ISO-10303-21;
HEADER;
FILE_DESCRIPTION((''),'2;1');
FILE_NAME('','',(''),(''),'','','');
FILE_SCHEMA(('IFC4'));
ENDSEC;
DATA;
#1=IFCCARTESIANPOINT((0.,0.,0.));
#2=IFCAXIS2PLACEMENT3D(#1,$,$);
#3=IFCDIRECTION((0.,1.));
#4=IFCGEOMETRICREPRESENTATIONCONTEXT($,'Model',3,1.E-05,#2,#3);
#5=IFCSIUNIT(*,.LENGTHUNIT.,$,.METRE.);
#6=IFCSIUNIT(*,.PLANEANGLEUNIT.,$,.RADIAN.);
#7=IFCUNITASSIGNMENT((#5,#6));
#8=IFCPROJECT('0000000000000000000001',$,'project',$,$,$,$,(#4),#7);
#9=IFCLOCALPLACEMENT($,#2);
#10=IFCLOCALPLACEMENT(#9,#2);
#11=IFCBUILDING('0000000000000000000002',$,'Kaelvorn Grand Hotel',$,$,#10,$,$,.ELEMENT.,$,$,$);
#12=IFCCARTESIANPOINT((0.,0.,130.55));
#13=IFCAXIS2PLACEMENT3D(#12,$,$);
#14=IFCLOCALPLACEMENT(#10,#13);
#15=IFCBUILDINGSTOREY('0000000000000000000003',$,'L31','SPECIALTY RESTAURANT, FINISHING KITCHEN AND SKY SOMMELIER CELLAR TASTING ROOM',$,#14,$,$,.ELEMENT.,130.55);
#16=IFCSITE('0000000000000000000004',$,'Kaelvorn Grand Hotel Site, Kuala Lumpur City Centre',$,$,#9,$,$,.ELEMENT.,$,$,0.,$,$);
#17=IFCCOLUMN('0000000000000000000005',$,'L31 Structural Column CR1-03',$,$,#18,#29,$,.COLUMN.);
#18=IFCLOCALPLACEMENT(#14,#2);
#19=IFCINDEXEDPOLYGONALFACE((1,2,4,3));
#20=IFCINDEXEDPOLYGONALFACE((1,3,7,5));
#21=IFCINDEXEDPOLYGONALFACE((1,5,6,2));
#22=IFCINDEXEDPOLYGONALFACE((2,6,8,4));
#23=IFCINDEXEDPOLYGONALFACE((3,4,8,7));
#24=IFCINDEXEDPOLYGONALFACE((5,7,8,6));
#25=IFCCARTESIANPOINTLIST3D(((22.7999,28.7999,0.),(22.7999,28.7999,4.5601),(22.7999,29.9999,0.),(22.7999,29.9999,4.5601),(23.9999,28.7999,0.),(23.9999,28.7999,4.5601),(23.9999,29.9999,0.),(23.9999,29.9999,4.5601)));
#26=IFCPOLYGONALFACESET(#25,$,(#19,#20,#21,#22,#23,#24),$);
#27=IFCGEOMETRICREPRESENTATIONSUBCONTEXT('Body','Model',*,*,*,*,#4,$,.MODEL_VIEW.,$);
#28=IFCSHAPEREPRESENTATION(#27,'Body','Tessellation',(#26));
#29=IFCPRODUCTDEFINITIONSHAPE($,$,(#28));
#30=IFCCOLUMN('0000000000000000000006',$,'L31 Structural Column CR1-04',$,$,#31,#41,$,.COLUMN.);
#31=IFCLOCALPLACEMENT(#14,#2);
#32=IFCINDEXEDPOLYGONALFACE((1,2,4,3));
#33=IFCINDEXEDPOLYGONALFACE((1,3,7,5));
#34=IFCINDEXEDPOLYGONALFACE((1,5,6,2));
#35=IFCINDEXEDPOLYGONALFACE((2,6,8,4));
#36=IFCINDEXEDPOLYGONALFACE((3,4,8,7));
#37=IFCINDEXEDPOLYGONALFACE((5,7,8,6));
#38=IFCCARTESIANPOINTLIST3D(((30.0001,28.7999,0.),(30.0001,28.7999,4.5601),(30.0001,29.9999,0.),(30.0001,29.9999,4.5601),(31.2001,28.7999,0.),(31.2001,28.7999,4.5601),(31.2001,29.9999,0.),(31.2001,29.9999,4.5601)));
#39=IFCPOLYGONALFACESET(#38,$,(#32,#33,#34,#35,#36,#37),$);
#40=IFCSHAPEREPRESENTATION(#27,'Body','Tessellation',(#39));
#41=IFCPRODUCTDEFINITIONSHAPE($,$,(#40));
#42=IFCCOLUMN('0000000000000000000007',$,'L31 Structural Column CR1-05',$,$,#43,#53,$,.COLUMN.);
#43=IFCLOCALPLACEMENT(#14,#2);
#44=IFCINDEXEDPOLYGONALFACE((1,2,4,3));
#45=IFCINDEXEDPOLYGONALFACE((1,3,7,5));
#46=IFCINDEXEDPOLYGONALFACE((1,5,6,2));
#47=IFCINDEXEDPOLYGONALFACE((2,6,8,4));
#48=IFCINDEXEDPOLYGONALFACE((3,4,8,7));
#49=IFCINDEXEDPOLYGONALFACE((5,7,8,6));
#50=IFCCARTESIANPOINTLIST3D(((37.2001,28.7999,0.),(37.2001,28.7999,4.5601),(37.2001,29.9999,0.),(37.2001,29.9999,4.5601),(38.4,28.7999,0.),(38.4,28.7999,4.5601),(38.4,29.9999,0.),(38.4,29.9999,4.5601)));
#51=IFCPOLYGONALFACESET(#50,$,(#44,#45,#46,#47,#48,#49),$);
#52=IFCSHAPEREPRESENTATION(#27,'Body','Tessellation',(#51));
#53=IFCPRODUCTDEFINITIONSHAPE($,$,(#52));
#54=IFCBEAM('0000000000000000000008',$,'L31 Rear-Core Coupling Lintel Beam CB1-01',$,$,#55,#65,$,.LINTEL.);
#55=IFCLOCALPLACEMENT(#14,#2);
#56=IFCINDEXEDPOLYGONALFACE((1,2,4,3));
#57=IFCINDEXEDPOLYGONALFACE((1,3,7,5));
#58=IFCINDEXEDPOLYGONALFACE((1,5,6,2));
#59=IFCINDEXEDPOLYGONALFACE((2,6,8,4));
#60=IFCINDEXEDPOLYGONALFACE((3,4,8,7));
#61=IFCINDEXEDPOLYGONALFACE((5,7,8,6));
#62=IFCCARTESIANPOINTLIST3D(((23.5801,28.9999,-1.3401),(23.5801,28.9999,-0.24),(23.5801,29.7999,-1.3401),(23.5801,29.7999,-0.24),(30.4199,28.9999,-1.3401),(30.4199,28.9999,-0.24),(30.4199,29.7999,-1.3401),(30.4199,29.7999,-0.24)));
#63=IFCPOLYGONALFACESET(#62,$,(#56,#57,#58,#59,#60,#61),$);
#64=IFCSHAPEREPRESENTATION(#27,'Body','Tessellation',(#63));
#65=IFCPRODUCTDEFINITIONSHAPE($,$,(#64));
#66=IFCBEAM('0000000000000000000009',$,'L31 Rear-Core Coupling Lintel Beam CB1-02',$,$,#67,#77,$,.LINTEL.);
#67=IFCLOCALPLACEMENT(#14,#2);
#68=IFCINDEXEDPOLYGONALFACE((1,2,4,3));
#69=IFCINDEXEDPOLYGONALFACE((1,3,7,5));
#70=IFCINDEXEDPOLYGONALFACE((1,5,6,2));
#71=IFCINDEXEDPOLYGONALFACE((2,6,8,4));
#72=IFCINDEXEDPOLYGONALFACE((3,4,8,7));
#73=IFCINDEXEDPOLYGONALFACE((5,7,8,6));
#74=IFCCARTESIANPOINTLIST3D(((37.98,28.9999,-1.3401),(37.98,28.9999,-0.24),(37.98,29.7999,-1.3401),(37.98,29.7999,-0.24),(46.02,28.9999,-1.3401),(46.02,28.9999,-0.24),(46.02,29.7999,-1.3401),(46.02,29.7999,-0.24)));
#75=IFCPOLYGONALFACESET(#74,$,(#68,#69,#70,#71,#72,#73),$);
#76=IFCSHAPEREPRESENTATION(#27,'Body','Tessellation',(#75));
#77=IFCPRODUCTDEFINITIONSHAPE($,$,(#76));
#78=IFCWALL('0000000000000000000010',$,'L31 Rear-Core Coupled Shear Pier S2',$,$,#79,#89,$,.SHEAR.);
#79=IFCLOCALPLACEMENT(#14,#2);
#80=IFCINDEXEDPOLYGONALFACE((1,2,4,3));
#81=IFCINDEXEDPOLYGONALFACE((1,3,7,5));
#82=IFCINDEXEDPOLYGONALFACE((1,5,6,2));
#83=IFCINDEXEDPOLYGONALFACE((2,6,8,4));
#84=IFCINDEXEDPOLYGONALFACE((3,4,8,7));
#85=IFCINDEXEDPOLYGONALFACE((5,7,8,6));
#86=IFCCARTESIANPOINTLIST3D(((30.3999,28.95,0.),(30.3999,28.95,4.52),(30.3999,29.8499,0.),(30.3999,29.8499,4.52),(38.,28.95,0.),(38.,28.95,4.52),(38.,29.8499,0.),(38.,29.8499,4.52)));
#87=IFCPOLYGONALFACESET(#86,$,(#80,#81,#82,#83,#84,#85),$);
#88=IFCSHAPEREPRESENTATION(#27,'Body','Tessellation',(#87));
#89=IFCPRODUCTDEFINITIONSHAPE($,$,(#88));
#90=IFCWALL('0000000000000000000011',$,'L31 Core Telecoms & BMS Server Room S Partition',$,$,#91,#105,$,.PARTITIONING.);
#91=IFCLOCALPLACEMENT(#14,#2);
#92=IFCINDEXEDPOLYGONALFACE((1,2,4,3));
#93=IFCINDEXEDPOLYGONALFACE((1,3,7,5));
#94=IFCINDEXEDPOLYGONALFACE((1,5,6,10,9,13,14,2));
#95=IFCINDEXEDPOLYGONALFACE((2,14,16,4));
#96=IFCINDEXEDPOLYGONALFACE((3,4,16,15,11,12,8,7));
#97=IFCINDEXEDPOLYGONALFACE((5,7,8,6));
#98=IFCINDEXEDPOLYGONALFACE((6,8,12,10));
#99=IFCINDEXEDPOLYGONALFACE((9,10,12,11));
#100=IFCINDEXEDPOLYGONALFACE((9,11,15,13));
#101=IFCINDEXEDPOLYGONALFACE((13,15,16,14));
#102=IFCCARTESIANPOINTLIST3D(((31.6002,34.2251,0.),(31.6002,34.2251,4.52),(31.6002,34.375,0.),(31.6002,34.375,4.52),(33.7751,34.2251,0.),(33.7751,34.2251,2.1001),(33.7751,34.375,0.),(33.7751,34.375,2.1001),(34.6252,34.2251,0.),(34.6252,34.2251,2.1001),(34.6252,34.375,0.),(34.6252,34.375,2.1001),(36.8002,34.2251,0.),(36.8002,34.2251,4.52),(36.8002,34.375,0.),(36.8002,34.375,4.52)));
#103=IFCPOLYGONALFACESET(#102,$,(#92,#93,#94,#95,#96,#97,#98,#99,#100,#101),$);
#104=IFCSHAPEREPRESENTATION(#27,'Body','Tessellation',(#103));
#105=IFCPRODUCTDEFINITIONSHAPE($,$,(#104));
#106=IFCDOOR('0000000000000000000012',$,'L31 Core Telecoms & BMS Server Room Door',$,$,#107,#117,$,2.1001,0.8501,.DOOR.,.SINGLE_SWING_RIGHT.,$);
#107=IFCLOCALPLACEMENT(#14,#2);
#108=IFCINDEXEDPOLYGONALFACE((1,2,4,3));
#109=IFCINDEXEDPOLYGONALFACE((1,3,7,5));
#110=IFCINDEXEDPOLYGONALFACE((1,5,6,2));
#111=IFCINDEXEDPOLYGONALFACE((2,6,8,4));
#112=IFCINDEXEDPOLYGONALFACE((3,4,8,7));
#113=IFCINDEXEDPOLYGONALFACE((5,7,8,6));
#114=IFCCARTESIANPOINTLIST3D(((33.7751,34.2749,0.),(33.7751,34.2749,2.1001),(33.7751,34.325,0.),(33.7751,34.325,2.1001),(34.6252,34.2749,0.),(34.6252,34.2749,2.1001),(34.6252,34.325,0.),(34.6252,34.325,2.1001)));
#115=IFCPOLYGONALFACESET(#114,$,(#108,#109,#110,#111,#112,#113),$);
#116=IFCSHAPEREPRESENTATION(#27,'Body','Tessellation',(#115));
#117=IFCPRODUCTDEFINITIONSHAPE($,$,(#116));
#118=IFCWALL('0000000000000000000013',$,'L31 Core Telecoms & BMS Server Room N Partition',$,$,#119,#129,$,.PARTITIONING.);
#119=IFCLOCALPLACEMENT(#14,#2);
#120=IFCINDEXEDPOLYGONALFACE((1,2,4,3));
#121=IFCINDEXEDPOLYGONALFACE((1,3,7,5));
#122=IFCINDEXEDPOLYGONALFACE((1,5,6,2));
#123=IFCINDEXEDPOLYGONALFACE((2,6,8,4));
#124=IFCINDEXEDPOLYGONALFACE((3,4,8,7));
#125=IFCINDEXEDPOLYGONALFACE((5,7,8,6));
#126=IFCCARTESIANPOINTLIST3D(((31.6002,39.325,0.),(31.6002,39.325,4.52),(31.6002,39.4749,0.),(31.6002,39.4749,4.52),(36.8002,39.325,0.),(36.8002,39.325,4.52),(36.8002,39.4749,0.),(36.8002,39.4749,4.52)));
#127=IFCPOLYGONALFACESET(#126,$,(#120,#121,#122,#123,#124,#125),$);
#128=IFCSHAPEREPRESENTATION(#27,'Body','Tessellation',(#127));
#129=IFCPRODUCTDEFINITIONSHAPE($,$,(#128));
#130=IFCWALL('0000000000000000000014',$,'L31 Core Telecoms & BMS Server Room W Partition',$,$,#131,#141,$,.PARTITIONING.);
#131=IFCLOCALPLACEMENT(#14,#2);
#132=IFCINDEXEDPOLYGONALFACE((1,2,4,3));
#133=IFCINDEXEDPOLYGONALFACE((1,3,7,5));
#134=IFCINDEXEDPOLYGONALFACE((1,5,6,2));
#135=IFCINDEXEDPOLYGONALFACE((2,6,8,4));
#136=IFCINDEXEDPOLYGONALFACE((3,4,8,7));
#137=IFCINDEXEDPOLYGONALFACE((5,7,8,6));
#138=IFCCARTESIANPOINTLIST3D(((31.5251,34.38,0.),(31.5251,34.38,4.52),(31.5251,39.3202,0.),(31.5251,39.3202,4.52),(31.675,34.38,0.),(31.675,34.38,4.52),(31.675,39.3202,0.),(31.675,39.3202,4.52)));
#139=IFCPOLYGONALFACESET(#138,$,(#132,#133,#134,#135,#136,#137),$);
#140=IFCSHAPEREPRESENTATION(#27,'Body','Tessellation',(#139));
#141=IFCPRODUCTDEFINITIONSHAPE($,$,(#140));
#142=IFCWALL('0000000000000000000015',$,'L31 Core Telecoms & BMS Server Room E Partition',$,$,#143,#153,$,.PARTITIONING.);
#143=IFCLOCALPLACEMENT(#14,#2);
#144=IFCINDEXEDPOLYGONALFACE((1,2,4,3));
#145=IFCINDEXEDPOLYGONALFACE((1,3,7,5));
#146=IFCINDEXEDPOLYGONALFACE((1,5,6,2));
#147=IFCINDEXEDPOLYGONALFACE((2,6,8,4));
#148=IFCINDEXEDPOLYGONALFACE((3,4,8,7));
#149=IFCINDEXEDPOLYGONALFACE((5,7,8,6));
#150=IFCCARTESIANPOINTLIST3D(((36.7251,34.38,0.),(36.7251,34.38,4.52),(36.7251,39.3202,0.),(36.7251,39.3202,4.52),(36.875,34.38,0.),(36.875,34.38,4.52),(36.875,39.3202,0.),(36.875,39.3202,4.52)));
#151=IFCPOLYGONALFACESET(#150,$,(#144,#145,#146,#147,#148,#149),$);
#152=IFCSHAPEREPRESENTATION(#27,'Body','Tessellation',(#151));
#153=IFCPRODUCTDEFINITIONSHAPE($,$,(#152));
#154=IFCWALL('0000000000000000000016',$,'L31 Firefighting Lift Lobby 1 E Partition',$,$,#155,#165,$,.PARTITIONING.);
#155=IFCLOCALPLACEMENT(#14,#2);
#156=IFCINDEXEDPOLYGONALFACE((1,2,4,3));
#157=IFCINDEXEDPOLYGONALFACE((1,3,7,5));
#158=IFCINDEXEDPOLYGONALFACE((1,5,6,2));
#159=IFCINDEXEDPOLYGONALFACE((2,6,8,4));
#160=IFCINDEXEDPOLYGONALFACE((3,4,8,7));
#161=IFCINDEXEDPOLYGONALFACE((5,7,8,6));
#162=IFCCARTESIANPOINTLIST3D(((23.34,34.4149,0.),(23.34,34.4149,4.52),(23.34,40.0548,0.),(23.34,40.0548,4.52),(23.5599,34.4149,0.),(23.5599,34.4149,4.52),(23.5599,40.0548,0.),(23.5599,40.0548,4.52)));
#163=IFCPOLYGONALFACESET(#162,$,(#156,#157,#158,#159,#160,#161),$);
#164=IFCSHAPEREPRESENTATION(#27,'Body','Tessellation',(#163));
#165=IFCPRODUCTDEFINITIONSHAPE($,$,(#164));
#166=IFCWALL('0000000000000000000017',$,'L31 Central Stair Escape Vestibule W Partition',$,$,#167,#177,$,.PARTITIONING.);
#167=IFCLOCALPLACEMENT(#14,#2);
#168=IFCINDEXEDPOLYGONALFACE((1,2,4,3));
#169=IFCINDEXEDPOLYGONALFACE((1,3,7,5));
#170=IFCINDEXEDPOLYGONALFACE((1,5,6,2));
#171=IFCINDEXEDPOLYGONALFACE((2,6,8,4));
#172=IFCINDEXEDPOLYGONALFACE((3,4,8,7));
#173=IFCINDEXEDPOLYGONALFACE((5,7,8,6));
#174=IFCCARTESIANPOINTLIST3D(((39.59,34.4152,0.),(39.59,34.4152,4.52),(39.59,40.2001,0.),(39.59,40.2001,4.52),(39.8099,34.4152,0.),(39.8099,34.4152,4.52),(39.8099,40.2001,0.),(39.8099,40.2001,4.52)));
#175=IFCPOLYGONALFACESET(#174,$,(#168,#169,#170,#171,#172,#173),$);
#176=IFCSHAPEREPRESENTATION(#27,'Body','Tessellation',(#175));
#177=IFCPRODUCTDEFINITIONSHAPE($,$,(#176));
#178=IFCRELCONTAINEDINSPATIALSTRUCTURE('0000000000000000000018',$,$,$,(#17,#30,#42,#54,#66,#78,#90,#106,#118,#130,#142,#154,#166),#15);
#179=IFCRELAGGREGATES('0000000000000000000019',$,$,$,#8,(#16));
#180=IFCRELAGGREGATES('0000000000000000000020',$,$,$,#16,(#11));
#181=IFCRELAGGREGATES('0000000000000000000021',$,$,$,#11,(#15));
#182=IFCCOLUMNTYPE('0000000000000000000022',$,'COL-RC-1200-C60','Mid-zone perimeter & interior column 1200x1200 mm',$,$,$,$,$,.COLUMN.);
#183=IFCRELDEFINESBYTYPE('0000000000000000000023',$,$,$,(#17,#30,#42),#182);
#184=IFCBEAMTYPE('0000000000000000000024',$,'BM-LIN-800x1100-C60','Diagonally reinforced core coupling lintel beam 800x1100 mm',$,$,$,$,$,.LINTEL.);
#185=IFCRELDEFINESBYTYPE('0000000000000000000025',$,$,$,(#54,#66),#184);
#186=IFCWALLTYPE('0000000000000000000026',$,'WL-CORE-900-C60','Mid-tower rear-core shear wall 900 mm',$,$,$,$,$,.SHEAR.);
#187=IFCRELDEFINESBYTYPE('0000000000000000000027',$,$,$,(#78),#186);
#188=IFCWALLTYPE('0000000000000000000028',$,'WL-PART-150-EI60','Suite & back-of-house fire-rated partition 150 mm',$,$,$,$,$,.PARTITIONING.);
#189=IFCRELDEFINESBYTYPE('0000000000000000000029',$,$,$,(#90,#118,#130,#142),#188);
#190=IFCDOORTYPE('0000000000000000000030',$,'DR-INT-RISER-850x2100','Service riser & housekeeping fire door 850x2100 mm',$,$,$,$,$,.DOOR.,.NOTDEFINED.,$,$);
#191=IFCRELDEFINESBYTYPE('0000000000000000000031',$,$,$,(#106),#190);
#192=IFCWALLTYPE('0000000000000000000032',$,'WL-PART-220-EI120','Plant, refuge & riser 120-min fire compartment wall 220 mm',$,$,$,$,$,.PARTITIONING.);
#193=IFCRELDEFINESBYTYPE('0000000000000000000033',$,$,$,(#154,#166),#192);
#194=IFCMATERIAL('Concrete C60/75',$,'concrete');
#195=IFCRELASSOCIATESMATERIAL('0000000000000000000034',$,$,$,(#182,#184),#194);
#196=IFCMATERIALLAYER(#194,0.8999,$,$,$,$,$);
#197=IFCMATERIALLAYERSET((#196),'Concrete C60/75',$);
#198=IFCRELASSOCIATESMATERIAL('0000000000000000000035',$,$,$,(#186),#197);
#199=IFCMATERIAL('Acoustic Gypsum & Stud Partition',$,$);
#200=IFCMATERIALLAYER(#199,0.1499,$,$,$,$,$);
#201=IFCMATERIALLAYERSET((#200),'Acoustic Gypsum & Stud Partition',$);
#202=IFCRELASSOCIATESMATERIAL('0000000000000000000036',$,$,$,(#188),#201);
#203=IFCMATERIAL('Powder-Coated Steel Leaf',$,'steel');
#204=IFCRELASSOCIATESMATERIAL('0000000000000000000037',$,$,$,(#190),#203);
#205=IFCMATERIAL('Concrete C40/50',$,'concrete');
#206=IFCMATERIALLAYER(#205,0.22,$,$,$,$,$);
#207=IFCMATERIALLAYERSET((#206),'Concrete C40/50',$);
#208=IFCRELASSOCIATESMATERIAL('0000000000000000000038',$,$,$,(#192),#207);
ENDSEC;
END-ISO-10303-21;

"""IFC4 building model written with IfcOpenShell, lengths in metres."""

from ifc_helpers import new_model, si_unit, direction, frame, frame_2d, origin, origin_2d, place, context, subcontext, project, spatial, rectangle, extrude, material, layer, layer_set, material_profile, profile_set, type_object, element, fill, save


model = new_model("IFC4")

# Units and contexts
model_context = context("Model", 3, precision=1e-05, world=origin(), true_north=direction((0.0, 1.0)))
body_context = subcontext(model_context, "Body", "Model", "MODEL_VIEW")
ifc_project = project(units=[si_unit("LENGTHUNIT", "METRE"), si_unit("PLANEANGLEUNIT", "RADIAN")], contexts=[model_context])

# Site, building, storey
site_placement = place(None, origin())
site = spatial("IfcSite", under=ifc_project, at=site_placement, Name="Kaelvorn Grand Hotel Site, Kuala Lumpur City Centre", CompositionType="ELEMENT", RefElevation=0.0)
building_placement = place(site_placement, origin())
building = spatial("IfcBuilding", under=site, at=building_placement, Name="Kaelvorn Grand Hotel", CompositionType="ELEMENT")
storey_placement = place(building_placement, frame((0.0, 0.0, 130.55)))
storey = spatial("IfcBuildingStorey", under=building, at=storey_placement, Name="L31", Description="SPECIALTY RESTAURANT, FINISHING KITCHEN AND SKY SOMMELIER CELLAR TASTING ROOM", CompositionType="ELEMENT", Elevation=130.55)

# Columns
ifc_material_1 = material(Name="Concrete C60/75", Category="concrete")
ifc_material_profile_1 = material_profile(ifc_material_1, rectangle(XDim=1.2, YDim=1.2, at=origin_2d()), Name="RC COL 1200x1200")
ifc_profile_set_1 = profile_set([ifc_material_profile_1], Name="Concrete C60/75")
column_type = type_object("IfcColumnType", Name="COL-RC-1200-C60", Description="Mid-zone perimeter & interior column 1200x1200 mm", PredefinedType="COLUMN", material=ifc_profile_set_1)
for number, where, z_axis, x_axis, name in (
    (1, (23.3999, 29.3999, 0.0), (0.0, 0.0, 1.0), (1.0, 0.0, 0.0), "L31 Structural Column CR1-03"),
    (2, (30.6001, 29.3999, 0.0), (0.0, 0.0, 1.0), (1.0, 0.0, 0.0), "L31 Structural Column CR1-04"),
    (3, (37.8, 29.3999, 0.0), (0.0, 0.0, 1.0), (1.0, 0.0, 0.0), "L31 Structural Column CR1-05"),
):
    element("IfcColumn", number, at=place(storey_placement, frame(where, z_axis=z_axis, x_axis=x_axis)), inside=storey, type_object=column_type, Name=name, PredefinedType="COLUMN", context=body_context, shape_type="SweptSolid", body=[
        extrude(rectangle(XDim=1.2, YDim=1.2, at=origin_2d()), origin(), (0.0, 0.0, 1.0), 4.5601),
    ])

# Beams
ifc_material_profile_2 = material_profile(ifc_material_1, rectangle(XDim=0.8, YDim=1.1001, at=origin_2d()), Name="RC LINTEL 800x1100")
ifc_profile_set_2 = profile_set([ifc_material_profile_2], Name="Concrete C60/75")
beam_type = type_object("IfcBeamType", Name="BM-LIN-800x1100-C60", Description="Diagonally reinforced core coupling lintel beam 800x1100 mm", PredefinedType="LINTEL", material=ifc_profile_set_2)
beam_1_placement = place(storey_placement, frame((23.5801, 29.3999, -0.79), z_axis=(1.0, 0.0, 0.0), x_axis=(0.0, 1.0, 0.0)))
element("IfcBeam", 4, at=beam_1_placement, inside=storey, type_object=beam_type, Name="L31 Rear-Core Coupling Lintel Beam CB1-01", PredefinedType="LINTEL", context=body_context, shape_type="SweptSolid", body=[
    extrude(rectangle(XDim=0.8, YDim=1.1001, at=origin_2d()), origin(), (0.0, 0.0, 1.0), 6.8398),
])
beam_2_placement = place(storey_placement, frame((37.98, 29.3999, -0.79), z_axis=(1.0, 0.0, 0.0), x_axis=(0.0, 1.0, 0.0)))
element("IfcBeam", 5, at=beam_2_placement, inside=storey, type_object=beam_type, Name="L31 Rear-Core Coupling Lintel Beam CB1-02", PredefinedType="LINTEL", context=body_context, shape_type="SweptSolid", body=[
    extrude(rectangle(XDim=0.8, YDim=1.1001, at=origin_2d()), origin(), (0.0, 0.0, 1.0), 8.04),
])

# Wall
ifc_layer_1 = layer(ifc_material_1, 0.8999)
ifc_layer_set_1 = layer_set([ifc_layer_1], Name="Concrete C60/75")
wall_type_1 = type_object("IfcWallType", Name="WL-CORE-900-C60", Description="Mid-tower rear-core shear wall 900 mm", PredefinedType="SHEAR", material=ifc_layer_set_1)
wall_1_placement = place(storey_placement, frame((30.3999, 29.3999, 0.0), z_axis=(0.0, 0.0, 1.0), x_axis=(1.0, 0.0, 0.0)))
element("IfcWall", 6, at=wall_1_placement, inside=storey, type_object=wall_type_1, Name="L31 Rear-Core Coupled Shear Pier S2", PredefinedType="SHEAR", context=body_context, shape_type="SweptSolid", body=[
    extrude(rectangle(XDim=7.6001, YDim=0.8999, at=frame_2d((3.8, 0.0))), origin(), (0.0, 0.0, 1.0), 4.52),
])

# Wall, opening, door
ifc_material_2 = material(Name="Acoustic Gypsum & Stud Partition")
ifc_layer_2 = layer(ifc_material_2, 0.1499)
ifc_layer_set_2 = layer_set([ifc_layer_2], Name="Acoustic Gypsum & Stud Partition")
wall_type_2 = type_object("IfcWallType", Name="WL-PART-150-EI60", Description="Suite & back-of-house fire-rated partition 150 mm", PredefinedType="PARTITIONING", material=ifc_layer_set_2)
wall_2_placement = place(storey_placement, frame((31.6001, 34.3, 0.0), z_axis=(0.0, 0.0, 1.0), x_axis=(1.0, 0.0, 0.0)))
wall_2 = element("IfcWall", 7, at=wall_2_placement, inside=storey, type_object=wall_type_2, Name="L31 Core Telecoms & BMS Server Room S Partition", PredefinedType="PARTITIONING", context=body_context, shape_type="SweptSolid", body=[
    extrude(rectangle(XDim=5.2, YDim=0.1499, at=frame_2d((2.6001, 0.0))), origin(), (0.0, 0.0, 1.0), 4.52),
])
opening_1_placement = place(wall_2_placement, frame((2.175, 0.0, 0.0)))
opening_1 = element("IfcOpeningElement", 8, at=opening_1_placement, cuts=wall_2, PredefinedType="OPENING", context=body_context, shape_type="SweptSolid", body=[
    extrude(rectangle(XDim=0.8501, YDim=2.1001, at=frame_2d((0.425, 1.05))), frame((0.0, 0.085, 0.0), z_axis=(0.0, -1.0, 0.0), x_axis=(1.0, 0.0, 0.0)), (0.0, 0.0, 1.0), 0.1699),
])
ifc_material_3 = material(Name="Powder-Coated Steel Leaf", Category="steel")
door_type_1 = type_object("IfcDoorType", Name="DR-INT-RISER-850x2100", Description="Service riser & housekeeping fire door 850x2100 mm", OperationType="NOTDEFINED", PredefinedType="DOOR", material=ifc_material_3)
door_1_placement = place(opening_1_placement, origin())
door_1 = element("IfcDoor", 9, at=door_1_placement, inside=storey, type_object=door_type_1, Name="L31 Core Telecoms & BMS Server Room Door", OperationType="SINGLE_SWING_RIGHT", OverallHeight=2.1001, OverallWidth=0.8501, PredefinedType="DOOR", context=body_context, shape_type="SweptSolid", body=[
    extrude(rectangle(XDim=0.8501, YDim=2.1001, at=frame_2d((0.425, 1.05))), frame((0.0, 0.0249, 0.0), z_axis=(0.0, -1.0, 0.0), x_axis=(1.0, 0.0, 0.0)), (0.0, 0.0, 1.0), 0.05),
])
fill(opening_1, door_1)

# Walls
wall_3_placement = place(storey_placement, frame((31.6001, 39.3999, 0.0), z_axis=(0.0, 0.0, 1.0), x_axis=(1.0, 0.0, 0.0)))
element("IfcWall", 10, at=wall_3_placement, inside=storey, type_object=wall_type_2, Name="L31 Core Telecoms & BMS Server Room N Partition", PredefinedType="PARTITIONING", context=body_context, shape_type="SweptSolid", body=[
    extrude(rectangle(XDim=5.2, YDim=0.1499, at=frame_2d((2.6001, 0.0))), origin(), (0.0, 0.0, 1.0), 4.52),
])
for number, where, z_axis, x_axis, name in (
    (11, (31.6001, 34.3799, 0.0), (0.0, 0.0, 1.0), (0.0, 1.0, 0.0), "L31 Core Telecoms & BMS Server Room W Partition"),
    (12, (36.8, 34.3799, 0.0), (0.0, 0.0, 1.0), (0.0, 1.0, 0.0), "L31 Core Telecoms & BMS Server Room E Partition"),
):
    element("IfcWall", number, at=place(storey_placement, frame(where, z_axis=z_axis, x_axis=x_axis)), inside=storey, type_object=wall_type_2, Name=name, PredefinedType="PARTITIONING", context=body_context, shape_type="SweptSolid", body=[
        extrude(rectangle(XDim=4.9402, YDim=0.1499, at=frame_2d((2.4702, 0.0))), origin(), (0.0, 0.0, 1.0), 4.52),
    ])
ifc_material_4 = material(Name="Concrete C40/50", Category="concrete")
ifc_layer_3 = layer(ifc_material_4, 0.22)
ifc_layer_set_3 = layer_set([ifc_layer_3], Name="Concrete C40/50")
wall_type_3 = type_object("IfcWallType", Name="WL-PART-220-EI120", Description="Plant, refuge & riser 120-min fire compartment wall 220 mm", PredefinedType="PARTITIONING", material=ifc_layer_set_3)
wall_4_placement = place(storey_placement, frame((23.45, 34.415, 0.0), z_axis=(0.0, 0.0, 1.0), x_axis=(0.0, 1.0, 0.0)))
element("IfcWall", 13, at=wall_4_placement, inside=storey, type_object=wall_type_3, Name="L31 Firefighting Lift Lobby 1 E Partition", PredefinedType="PARTITIONING", context=body_context, shape_type="SweptSolid", body=[
    extrude(rectangle(XDim=5.6399, YDim=0.22, at=frame_2d((2.8198, 0.0))), origin(), (0.0, 0.0, 1.0), 4.52),
])

# Wall
wall_5_placement = place(storey_placement, frame((39.7, 34.415, 0.0), z_axis=(0.0, 0.0, 1.0), x_axis=(0.0, 1.0, 0.0)))
element("IfcWall", 14, at=wall_5_placement, inside=storey, type_object=wall_type_3, Name="L31 Central Stair Escape Vestibule W Partition", PredefinedType="PARTITIONING", context=body_context, shape_type="SweptSolid", body=[
    extrude(rectangle(XDim=5.7849, YDim=0.22, at=frame_2d((2.8926, 0.0))), origin(), (0.0, 0.0, 1.0), 4.52),
])

save(model, "model.ifc")
